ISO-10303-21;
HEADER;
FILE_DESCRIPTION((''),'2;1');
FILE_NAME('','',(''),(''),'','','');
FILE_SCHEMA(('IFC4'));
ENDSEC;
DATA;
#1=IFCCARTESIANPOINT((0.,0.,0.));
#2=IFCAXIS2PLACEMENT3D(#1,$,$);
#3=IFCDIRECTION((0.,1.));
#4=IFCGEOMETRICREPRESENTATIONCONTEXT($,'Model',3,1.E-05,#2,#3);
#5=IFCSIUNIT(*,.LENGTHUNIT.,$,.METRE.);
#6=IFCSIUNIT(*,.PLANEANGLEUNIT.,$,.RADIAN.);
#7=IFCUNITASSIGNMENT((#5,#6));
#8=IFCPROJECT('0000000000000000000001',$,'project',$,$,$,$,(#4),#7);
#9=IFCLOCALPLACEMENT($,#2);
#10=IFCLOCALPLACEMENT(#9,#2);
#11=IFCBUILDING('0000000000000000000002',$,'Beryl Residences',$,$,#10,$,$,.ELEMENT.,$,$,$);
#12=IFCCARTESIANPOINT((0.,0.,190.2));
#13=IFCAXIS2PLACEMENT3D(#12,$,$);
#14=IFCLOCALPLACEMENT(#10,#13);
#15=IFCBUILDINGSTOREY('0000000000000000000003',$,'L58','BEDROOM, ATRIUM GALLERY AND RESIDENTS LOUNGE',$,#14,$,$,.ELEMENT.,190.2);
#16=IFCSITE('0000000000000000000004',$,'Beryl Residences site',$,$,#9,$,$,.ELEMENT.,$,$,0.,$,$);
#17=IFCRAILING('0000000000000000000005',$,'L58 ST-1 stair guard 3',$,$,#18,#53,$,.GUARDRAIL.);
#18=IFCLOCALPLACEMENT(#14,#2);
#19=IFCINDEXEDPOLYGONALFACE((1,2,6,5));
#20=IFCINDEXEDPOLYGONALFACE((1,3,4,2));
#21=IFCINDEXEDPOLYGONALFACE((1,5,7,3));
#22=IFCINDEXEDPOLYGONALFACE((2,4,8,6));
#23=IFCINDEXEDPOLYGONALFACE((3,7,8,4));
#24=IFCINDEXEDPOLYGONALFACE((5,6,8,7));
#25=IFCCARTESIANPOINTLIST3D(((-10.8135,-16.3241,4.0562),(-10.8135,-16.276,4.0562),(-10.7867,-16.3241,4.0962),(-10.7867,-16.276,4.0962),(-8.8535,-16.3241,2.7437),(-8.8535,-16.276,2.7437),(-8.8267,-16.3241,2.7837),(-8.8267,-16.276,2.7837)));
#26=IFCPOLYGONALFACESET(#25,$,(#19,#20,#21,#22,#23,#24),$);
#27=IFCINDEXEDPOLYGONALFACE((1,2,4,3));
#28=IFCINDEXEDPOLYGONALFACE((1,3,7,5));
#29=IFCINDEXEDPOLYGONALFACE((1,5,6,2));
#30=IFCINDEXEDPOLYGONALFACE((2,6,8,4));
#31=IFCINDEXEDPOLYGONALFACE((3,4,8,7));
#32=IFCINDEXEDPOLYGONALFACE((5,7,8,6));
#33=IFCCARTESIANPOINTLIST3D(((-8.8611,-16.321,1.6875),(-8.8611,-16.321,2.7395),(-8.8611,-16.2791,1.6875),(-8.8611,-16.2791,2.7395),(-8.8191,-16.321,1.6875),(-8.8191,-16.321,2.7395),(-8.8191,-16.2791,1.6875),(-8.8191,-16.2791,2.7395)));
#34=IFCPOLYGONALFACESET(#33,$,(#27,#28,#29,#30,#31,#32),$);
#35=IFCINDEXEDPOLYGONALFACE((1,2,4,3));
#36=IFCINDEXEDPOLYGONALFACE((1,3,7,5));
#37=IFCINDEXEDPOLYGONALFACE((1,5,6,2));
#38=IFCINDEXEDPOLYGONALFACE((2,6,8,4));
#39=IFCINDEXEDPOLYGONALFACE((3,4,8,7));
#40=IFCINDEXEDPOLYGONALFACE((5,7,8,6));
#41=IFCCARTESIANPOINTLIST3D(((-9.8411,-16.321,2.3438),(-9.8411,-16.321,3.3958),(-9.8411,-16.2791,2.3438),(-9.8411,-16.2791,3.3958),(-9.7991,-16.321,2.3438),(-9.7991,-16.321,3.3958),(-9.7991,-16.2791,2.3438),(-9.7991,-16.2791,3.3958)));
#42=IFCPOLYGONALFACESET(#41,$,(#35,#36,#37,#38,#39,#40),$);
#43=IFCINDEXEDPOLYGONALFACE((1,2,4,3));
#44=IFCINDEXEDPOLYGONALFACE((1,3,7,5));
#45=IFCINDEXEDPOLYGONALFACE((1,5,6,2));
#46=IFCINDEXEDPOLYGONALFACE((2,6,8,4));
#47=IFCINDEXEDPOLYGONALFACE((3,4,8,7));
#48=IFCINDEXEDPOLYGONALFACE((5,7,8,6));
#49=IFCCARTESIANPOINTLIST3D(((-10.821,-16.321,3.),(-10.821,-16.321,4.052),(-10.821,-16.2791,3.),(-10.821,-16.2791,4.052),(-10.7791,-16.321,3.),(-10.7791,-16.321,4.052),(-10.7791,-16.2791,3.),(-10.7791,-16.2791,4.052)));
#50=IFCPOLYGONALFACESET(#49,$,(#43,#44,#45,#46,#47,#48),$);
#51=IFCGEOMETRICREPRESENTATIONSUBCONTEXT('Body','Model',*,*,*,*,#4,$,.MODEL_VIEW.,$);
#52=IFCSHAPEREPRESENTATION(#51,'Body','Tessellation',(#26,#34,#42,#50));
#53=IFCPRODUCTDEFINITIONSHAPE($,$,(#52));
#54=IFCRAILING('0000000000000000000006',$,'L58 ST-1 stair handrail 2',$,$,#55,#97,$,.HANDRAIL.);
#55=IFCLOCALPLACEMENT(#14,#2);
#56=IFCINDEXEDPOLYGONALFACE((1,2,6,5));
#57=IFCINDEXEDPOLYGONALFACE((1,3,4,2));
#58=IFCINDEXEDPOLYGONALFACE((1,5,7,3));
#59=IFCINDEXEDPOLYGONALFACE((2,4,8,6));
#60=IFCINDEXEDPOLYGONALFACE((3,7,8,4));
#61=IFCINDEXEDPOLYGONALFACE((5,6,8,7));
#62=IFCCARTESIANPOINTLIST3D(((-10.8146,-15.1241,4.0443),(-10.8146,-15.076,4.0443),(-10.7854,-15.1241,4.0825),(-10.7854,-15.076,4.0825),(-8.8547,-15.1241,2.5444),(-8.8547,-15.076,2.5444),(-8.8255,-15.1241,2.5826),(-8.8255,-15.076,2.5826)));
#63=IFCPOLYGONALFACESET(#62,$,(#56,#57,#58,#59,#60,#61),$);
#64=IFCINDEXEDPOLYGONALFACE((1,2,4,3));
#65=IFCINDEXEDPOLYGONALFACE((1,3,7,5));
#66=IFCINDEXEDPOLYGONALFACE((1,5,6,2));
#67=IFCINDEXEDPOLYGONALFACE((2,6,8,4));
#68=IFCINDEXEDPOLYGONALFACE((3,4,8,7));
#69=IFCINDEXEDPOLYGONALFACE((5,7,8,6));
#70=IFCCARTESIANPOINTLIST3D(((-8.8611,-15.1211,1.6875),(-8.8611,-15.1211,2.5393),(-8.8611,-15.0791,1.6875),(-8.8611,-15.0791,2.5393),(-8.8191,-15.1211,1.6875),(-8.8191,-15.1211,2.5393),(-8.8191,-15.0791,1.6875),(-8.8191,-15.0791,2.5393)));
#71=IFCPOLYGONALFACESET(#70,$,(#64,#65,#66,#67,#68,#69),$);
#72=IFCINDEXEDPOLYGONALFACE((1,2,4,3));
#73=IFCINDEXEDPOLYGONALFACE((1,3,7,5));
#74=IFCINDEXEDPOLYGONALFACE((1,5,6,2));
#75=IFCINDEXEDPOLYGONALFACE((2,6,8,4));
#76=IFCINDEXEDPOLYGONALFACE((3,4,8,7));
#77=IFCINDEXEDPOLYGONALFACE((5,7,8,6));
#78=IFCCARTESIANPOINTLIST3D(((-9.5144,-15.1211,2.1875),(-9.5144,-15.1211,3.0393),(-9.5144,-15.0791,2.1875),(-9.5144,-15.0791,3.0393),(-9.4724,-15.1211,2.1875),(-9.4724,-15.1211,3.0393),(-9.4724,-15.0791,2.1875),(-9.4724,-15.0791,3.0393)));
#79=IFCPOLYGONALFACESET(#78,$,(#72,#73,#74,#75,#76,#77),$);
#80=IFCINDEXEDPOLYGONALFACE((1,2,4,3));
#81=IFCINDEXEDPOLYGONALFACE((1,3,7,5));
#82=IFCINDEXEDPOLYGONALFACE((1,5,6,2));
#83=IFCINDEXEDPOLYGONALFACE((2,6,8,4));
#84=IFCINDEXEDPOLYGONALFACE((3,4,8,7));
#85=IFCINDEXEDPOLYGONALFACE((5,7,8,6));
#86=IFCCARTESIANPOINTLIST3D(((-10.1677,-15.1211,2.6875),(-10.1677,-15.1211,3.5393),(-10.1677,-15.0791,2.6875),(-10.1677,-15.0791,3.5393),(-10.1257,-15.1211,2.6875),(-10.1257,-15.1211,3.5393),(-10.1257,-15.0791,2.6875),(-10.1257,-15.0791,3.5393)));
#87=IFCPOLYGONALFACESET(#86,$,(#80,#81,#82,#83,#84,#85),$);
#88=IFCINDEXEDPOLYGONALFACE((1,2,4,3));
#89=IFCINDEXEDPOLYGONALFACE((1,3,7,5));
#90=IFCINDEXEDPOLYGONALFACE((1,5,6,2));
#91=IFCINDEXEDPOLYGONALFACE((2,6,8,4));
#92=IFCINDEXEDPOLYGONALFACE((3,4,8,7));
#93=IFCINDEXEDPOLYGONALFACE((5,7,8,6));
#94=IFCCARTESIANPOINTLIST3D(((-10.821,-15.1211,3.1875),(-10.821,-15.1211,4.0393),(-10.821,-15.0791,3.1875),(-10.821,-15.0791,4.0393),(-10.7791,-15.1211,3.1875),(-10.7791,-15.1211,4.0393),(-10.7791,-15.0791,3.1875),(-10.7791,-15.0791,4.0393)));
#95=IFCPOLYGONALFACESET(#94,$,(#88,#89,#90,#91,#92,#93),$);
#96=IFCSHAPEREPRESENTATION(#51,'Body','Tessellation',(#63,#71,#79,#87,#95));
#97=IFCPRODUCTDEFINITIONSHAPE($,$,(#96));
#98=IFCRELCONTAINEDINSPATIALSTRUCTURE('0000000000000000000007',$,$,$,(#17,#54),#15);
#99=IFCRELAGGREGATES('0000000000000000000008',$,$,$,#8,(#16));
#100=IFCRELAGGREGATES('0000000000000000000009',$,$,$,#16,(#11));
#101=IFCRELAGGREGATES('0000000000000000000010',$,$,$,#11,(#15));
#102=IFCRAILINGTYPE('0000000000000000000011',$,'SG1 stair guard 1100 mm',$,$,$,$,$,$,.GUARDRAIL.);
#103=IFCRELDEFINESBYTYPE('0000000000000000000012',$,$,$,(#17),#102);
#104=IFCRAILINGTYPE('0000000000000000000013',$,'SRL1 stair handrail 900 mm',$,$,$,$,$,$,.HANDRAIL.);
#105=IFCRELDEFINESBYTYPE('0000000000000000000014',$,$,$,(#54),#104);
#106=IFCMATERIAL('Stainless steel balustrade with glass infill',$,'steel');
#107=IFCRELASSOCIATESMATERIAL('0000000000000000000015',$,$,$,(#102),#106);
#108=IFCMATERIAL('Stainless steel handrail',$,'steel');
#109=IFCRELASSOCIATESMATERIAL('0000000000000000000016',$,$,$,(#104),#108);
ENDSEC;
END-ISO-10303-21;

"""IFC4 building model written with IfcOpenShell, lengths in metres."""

from ifc_helpers import new_model, si_unit, direction, frame, origin, origin_2d, place, context, subcontext, project, spatial, rectangle, extrude, material, type_object, element, save


model = new_model("IFC4")

# Units and contexts
model_context = context("Model", 3, precision=1e-05, world=origin(), true_north=direction((0.0, 1.0)))
body_context = subcontext(model_context, "Body", "Model", "MODEL_VIEW")
ifc_project = project(units=[si_unit("LENGTHUNIT", "METRE"), si_unit("PLANEANGLEUNIT", "RADIAN")], contexts=[model_context])

# Site, building, storey
site_placement = place(None, origin())
site = spatial("IfcSite", under=ifc_project, at=site_placement, Name="Beryl Residences site", CompositionType="ELEMENT", RefElevation=0.0)
building_placement = place(site_placement, origin())
building = spatial("IfcBuilding", under=site, at=building_placement, Name="Beryl Residences", CompositionType="ELEMENT")
storey_placement = place(building_placement, frame((0.0, 0.0, 190.2)))
storey = spatial("IfcBuildingStorey", under=building, at=storey_placement, Name="L58", Description="BEDROOM, ATRIUM GALLERY AND RESIDENTS LOUNGE", CompositionType="ELEMENT", Elevation=190.2)

# Railings
ifc_material_1 = material(Name="Stainless steel balustrade with glass infill", Category="steel")
railing_type_1 = type_object("IfcRailingType", Name="SG1 stair guard 1100 mm", PredefinedType="GUARDRAIL", material=ifc_material_1)
railing_1_placement = place(storey_placement, frame((-8.8401, -16.3, 1.6875)))
element("IfcRailing", 1, at=railing_1_placement, inside=storey, type_object=railing_type_1, Name="L58 ST-1 stair guard 3", PredefinedType="GUARDRAIL", context=body_context, shape_type="SweptSolid", body=[
    extrude(rectangle(XDim=0.0481, YDim=0.0481, at=origin_2d()), frame((0.0, 0.0, 1.0762), z_axis=(-0.830902, 0.0, 0.556419), x_axis=(0.0, -1.0, 0.0)), (0.0, 0.0, 1.0), 2.3589),
    extrude(rectangle(XDim=0.042, YDim=0.042, at=origin_2d()), origin(), (0.0, 0.0, 1.0), 1.052),
    extrude(rectangle(XDim=0.042, YDim=0.042, at=origin_2d()), frame((-0.98, 0.0, 0.6562)), (0.0, 0.0, 1.0), 1.052),
    extrude(rectangle(XDim=0.042, YDim=0.042, at=origin_2d()), frame((-1.96, 0.0, 1.3125)), (0.0, 0.0, 1.0), 1.052),
])
ifc_material_2 = material(Name="Stainless steel handrail", Category="steel")
railing_type_2 = type_object("IfcRailingType", Name="SRL1 stair handrail 900 mm", PredefinedType="HANDRAIL", material=ifc_material_2)
railing_2_placement = place(storey_placement, frame((-8.8401, -15.1001, 1.6875)))
element("IfcRailing", 2, at=railing_2_placement, inside=storey, type_object=railing_type_2, Name="L58 ST-1 stair handrail 2", PredefinedType="HANDRAIL", context=body_context, shape_type="SweptSolid", body=[
    extrude(rectangle(XDim=0.0481, YDim=0.0481, at=origin_2d()), frame((0.0, 0.0, 0.876), z_axis=(-0.794122, 0.0, 0.607758), x_axis=(0.0, -1.0, 0.0)), (0.0, 0.0, 1.0), 2.468),
    extrude(rectangle(XDim=0.042, YDim=0.042, at=origin_2d()), origin(), (0.0, 0.0, 1.0), 0.8518),
    extrude(rectangle(XDim=0.042, YDim=0.042, at=origin_2d()), frame((-0.6533, 0.0, 0.5)), (0.0, 0.0, 1.0), 0.8518),
    extrude(rectangle(XDim=0.042, YDim=0.042, at=origin_2d()), frame((-1.3066, 0.0, 1.0)), (0.0, 0.0, 1.0), 0.8518),
    extrude(rectangle(XDim=0.042, YDim=0.042, at=origin_2d()), frame((-1.96, 0.0, 1.5)), (0.0, 0.0, 1.0), 0.8518),
])

save(model, "model.ifc")
